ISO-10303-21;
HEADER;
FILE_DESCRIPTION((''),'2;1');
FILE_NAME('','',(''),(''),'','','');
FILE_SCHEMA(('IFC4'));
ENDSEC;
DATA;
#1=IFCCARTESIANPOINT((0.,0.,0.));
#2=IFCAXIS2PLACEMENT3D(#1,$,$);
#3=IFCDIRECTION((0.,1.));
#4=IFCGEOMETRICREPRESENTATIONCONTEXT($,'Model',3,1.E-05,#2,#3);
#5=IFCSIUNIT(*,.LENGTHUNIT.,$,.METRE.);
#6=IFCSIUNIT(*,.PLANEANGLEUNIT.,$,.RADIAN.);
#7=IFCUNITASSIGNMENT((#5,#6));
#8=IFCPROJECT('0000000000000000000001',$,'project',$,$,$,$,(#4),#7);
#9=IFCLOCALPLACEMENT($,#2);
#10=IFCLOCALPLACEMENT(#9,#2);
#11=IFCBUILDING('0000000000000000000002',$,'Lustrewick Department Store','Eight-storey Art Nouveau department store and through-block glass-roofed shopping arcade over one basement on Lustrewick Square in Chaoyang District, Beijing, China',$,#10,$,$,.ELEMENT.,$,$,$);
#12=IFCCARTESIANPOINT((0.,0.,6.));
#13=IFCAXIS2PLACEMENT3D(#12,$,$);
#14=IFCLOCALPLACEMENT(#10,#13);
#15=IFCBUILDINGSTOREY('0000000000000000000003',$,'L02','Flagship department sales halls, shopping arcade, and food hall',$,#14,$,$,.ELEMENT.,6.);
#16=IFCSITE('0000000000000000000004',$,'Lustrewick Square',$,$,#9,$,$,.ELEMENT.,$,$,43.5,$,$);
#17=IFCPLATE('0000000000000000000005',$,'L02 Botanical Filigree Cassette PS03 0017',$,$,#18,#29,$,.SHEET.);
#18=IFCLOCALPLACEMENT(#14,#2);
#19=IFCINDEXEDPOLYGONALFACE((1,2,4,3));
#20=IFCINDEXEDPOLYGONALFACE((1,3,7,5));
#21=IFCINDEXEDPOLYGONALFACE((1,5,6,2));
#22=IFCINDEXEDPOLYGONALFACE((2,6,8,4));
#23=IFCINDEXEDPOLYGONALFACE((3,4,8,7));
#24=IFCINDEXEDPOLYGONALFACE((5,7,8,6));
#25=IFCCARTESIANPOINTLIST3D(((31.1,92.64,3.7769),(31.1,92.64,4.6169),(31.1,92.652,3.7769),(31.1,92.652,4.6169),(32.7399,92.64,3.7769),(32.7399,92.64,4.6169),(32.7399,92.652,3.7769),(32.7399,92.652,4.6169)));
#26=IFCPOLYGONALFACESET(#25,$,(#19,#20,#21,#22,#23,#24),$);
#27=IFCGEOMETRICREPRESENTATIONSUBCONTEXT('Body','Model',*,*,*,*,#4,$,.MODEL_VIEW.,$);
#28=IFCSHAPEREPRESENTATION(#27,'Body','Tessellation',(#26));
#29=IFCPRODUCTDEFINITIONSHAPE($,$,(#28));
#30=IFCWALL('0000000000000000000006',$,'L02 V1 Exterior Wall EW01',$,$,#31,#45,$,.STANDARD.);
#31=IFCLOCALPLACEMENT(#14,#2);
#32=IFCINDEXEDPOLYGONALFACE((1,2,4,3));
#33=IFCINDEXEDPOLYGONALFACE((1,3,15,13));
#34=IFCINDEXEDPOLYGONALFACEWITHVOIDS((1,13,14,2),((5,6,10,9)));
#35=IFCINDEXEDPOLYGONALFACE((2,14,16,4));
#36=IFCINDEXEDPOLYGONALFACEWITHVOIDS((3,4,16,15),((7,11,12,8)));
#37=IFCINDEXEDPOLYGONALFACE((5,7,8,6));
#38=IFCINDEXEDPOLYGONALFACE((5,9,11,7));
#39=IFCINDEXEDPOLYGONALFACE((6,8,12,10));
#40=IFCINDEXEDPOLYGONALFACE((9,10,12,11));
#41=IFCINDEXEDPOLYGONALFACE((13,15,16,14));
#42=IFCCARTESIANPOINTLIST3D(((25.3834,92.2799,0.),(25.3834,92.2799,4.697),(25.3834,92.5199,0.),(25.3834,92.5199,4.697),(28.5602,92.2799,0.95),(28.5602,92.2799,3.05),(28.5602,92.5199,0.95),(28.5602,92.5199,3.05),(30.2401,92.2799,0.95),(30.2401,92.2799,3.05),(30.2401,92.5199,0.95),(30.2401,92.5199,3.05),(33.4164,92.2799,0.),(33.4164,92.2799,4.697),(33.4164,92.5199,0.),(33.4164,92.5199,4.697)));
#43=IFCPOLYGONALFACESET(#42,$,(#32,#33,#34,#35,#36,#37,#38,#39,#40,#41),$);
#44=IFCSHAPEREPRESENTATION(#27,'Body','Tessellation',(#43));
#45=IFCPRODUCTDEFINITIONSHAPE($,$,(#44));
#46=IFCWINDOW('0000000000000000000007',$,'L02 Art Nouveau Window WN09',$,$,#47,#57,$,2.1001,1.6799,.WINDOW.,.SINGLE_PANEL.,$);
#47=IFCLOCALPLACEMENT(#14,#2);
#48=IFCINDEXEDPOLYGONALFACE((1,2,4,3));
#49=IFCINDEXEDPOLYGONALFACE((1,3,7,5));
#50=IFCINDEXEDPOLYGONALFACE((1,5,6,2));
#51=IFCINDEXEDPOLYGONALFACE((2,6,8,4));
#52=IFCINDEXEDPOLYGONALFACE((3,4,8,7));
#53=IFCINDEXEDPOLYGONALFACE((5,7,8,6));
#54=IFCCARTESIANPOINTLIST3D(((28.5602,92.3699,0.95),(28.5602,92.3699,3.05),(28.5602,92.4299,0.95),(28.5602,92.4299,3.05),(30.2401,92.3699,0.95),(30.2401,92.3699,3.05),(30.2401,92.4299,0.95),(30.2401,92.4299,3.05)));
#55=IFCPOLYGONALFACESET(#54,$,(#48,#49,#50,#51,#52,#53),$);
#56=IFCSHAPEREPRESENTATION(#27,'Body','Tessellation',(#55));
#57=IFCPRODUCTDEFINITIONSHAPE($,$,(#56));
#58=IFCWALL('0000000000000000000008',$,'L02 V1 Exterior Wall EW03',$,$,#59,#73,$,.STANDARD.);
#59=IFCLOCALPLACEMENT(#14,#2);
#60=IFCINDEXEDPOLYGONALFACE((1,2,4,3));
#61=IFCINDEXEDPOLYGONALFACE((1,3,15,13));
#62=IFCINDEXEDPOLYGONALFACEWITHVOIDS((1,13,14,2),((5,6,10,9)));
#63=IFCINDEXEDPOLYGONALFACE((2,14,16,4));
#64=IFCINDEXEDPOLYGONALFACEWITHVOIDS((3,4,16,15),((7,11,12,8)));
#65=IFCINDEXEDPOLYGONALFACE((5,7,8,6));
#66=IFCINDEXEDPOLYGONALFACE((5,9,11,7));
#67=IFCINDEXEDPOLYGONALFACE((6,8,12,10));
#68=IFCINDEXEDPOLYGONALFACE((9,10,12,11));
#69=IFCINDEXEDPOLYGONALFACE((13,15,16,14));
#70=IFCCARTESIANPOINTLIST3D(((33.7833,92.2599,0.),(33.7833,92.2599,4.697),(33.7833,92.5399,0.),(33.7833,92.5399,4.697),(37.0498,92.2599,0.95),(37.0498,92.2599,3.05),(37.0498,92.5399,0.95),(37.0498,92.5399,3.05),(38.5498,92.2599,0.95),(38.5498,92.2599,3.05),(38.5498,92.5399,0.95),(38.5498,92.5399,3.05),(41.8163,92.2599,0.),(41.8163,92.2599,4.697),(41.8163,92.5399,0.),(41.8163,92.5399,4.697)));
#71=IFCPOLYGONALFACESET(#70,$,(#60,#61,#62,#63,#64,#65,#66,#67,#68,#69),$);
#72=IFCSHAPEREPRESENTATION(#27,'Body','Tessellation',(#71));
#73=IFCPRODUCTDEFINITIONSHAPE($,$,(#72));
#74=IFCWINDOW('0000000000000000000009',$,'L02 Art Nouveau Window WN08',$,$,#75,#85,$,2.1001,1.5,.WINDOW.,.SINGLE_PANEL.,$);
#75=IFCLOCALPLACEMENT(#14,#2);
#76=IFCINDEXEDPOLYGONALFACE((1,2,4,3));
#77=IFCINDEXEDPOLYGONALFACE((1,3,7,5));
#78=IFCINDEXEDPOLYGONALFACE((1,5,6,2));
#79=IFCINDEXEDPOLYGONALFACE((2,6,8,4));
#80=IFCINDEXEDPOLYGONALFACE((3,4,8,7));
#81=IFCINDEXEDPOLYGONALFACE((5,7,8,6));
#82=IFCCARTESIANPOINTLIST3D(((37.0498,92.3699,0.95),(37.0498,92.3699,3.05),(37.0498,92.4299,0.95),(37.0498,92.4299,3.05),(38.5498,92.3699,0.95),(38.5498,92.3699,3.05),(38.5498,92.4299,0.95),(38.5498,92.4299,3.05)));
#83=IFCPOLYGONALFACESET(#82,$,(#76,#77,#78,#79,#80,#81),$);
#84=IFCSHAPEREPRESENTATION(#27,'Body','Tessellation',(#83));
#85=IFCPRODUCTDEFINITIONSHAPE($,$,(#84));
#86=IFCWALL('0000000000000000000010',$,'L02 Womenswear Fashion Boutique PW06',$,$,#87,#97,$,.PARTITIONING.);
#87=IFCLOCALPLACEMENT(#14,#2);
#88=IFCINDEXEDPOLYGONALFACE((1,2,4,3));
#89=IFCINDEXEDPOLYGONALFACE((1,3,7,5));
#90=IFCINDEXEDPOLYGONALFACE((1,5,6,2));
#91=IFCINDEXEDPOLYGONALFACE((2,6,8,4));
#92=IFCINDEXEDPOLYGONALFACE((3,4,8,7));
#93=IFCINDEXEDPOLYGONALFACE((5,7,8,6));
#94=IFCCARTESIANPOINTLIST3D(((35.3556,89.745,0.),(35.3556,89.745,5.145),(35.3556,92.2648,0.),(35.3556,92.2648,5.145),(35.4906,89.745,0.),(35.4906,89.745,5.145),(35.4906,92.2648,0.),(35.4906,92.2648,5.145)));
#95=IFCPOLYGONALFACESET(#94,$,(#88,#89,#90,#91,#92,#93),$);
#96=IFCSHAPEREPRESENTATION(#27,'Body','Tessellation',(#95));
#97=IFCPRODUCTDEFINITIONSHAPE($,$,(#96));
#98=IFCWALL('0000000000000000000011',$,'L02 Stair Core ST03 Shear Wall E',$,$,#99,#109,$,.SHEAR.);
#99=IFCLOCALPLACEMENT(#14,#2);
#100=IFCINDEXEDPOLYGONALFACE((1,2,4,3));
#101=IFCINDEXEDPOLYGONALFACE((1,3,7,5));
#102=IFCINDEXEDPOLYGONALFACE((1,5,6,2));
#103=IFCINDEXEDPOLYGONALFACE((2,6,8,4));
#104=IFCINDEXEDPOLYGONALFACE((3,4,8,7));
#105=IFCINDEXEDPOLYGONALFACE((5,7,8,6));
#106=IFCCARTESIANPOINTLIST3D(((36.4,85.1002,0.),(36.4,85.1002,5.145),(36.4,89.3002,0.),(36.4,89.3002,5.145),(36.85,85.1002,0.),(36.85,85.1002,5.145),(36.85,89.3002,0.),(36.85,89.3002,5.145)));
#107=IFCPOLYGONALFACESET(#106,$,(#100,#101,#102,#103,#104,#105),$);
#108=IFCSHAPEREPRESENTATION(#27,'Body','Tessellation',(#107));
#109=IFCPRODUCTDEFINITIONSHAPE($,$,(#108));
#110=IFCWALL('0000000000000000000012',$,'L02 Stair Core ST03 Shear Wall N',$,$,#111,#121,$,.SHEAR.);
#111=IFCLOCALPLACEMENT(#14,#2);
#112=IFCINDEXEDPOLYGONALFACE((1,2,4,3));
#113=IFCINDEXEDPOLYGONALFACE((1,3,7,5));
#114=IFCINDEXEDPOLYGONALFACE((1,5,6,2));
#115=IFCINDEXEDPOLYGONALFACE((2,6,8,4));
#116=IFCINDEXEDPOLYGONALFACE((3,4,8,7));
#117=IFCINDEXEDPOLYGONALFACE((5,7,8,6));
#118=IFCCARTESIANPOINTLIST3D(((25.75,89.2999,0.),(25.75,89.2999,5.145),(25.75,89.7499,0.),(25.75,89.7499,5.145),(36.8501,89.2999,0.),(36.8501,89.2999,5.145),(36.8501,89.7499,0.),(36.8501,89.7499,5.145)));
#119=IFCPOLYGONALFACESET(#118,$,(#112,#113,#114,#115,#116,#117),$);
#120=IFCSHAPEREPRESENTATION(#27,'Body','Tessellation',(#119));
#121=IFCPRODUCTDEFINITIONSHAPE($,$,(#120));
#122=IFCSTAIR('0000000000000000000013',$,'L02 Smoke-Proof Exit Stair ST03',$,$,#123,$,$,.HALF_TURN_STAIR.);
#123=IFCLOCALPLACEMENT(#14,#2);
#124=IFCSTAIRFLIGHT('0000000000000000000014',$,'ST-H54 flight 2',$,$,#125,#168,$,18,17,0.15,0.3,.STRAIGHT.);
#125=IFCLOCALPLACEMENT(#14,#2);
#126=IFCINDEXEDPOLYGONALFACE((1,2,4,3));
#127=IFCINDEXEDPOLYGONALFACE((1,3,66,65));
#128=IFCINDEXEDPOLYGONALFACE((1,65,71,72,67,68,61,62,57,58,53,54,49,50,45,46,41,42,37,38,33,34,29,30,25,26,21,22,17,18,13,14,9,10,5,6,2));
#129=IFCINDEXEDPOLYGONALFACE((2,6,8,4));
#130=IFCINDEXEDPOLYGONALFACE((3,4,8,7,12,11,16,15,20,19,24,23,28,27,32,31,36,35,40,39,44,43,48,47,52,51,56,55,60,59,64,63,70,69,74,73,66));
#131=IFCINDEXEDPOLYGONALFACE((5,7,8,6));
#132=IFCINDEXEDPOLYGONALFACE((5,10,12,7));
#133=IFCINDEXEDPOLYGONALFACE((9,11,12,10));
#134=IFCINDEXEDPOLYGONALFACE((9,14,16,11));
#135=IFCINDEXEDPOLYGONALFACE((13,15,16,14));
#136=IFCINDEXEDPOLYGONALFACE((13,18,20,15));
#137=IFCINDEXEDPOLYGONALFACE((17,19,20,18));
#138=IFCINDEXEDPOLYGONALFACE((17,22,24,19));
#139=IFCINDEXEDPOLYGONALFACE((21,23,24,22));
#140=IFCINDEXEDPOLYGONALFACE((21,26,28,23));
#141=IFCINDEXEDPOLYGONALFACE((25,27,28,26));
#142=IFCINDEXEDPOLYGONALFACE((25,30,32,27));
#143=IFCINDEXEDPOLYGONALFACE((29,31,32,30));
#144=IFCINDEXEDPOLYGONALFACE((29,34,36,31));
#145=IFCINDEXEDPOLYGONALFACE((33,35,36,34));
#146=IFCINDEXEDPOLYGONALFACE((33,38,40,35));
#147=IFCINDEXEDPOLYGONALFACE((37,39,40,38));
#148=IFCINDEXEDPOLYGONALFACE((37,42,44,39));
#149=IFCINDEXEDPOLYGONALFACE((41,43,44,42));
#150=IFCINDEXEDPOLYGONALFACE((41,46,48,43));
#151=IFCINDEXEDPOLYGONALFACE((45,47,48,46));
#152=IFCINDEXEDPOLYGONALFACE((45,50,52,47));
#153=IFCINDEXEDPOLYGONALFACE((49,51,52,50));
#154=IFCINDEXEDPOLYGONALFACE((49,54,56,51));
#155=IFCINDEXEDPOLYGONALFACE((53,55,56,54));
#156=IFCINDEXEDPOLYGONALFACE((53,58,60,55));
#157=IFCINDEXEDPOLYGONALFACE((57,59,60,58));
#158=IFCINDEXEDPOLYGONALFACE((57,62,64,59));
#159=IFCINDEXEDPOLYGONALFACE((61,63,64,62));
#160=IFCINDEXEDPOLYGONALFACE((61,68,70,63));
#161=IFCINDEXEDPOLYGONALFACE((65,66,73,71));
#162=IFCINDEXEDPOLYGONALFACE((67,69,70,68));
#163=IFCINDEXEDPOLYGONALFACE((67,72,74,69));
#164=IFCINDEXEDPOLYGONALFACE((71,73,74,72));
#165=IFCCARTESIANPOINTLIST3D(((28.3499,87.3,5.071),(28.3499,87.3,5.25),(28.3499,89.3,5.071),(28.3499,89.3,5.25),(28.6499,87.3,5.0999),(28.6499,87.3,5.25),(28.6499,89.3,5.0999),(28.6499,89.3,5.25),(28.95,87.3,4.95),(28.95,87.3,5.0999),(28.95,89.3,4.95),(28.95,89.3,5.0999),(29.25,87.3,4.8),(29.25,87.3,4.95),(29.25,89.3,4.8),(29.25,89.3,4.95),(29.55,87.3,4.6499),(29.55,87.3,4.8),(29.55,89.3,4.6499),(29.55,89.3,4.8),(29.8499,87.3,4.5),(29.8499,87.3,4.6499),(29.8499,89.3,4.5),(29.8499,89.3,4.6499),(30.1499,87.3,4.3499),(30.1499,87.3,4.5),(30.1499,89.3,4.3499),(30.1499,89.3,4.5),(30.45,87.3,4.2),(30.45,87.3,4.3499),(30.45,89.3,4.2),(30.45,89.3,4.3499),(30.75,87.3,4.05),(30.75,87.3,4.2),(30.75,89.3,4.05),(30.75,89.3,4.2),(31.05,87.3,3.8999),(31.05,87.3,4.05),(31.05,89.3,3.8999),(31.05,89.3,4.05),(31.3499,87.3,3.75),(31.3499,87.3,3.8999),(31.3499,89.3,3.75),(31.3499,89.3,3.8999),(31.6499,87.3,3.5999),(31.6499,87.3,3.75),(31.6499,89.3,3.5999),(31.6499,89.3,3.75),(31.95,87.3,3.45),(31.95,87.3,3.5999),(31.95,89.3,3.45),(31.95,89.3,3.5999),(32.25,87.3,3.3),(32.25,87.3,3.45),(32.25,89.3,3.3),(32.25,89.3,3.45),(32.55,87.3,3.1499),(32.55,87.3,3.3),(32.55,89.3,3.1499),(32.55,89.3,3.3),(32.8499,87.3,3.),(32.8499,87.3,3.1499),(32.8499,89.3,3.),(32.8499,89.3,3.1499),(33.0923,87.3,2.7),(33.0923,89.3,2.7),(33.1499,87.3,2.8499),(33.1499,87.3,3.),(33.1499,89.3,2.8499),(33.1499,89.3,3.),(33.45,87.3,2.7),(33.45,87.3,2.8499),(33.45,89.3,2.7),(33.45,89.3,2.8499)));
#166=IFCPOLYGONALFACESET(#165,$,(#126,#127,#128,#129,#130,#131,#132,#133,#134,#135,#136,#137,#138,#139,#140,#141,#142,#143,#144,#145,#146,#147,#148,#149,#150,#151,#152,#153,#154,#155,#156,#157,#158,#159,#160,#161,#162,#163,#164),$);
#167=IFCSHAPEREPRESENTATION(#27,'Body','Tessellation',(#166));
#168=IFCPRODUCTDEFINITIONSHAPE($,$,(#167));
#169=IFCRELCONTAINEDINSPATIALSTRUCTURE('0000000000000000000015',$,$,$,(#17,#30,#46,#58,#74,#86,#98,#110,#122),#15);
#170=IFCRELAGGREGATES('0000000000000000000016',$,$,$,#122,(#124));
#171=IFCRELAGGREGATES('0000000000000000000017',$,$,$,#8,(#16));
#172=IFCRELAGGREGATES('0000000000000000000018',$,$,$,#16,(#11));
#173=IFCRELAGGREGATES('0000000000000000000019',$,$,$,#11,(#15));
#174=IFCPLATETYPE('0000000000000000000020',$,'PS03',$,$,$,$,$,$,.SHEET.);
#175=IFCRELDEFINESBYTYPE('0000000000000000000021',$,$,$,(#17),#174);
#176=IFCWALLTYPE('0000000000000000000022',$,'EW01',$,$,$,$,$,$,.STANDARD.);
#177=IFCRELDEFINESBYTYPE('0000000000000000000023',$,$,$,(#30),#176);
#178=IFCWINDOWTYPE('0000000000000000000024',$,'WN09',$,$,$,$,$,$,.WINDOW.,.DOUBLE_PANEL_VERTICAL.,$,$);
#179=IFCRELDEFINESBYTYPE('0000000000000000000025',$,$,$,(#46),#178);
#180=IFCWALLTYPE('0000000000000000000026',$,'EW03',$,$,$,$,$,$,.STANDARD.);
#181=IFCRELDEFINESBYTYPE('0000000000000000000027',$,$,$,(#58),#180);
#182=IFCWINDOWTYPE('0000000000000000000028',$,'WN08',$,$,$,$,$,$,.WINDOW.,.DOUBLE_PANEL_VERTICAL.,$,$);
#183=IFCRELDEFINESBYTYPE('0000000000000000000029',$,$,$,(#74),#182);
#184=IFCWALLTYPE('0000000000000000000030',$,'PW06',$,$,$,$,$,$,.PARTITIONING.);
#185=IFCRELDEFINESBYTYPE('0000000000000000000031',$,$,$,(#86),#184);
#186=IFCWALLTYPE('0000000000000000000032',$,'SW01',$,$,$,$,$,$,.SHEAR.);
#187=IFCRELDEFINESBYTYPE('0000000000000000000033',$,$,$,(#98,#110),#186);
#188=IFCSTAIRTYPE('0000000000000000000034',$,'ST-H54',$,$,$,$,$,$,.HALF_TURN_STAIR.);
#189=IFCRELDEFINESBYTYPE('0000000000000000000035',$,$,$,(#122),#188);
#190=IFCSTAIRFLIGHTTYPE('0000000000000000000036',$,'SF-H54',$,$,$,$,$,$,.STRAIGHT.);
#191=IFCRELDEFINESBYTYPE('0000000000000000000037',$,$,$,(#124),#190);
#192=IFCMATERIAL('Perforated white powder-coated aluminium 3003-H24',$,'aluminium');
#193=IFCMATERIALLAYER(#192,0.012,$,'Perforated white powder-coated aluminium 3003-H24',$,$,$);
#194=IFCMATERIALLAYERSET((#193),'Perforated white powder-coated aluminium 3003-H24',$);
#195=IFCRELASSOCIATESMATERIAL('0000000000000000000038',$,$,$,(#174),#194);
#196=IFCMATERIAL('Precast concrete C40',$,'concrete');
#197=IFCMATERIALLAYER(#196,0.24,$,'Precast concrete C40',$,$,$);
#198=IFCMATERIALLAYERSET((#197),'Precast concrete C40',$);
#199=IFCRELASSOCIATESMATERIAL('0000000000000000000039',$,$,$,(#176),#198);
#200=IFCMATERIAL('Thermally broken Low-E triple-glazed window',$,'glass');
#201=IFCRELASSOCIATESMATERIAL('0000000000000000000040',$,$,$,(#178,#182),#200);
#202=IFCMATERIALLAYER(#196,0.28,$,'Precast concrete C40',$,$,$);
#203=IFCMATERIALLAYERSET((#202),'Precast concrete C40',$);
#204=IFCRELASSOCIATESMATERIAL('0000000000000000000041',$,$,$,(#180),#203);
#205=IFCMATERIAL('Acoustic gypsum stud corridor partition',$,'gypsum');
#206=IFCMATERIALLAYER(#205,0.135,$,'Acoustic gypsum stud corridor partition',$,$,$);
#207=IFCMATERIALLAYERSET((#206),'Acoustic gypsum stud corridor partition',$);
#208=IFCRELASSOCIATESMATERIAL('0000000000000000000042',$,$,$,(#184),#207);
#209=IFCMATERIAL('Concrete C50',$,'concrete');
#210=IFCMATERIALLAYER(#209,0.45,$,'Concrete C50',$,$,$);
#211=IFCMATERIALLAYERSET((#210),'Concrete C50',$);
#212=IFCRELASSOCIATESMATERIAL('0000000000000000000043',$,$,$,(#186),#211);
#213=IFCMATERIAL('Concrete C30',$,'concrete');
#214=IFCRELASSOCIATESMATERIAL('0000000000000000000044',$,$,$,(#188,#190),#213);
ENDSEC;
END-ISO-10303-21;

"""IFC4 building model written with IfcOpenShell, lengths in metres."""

from ifc_helpers import new_model, si_unit, direction, frame, frame_2d, origin, origin_2d, place, context, subcontext, project, spatial, polyline, rectangle, outline, extrude, material, layer, layer_set, type_object, element, fill, aggregate, save


model = new_model("IFC4")

# Units and contexts
model_context = context("Model", 3, precision=1e-05, world=origin(), true_north=direction((0.0, 1.0)))
body_context = subcontext(model_context, "Body", "Model", "MODEL_VIEW")
ifc_project = project(units=[si_unit("LENGTHUNIT", "METRE"), si_unit("PLANEANGLEUNIT", "RADIAN")], contexts=[model_context])

# Site, building, storey
site_placement = place(None, origin())
site = spatial("IfcSite", under=ifc_project, at=site_placement, Name="Lustrewick Square", CompositionType="ELEMENT", RefElevation=43.5)
building_placement = place(site_placement, origin())
building = spatial("IfcBuilding", under=site, at=building_placement, Name="Lustrewick Department Store", Description="Eight-storey Art Nouveau department store and through-block glass-roofed shopping arcade over one basement on Lustrewick Square in Chaoyang District, Beijing, China", CompositionType="ELEMENT")
storey_placement = place(building_placement, frame((0.0, 0.0, 6.0)))
storey = spatial("IfcBuildingStorey", under=building, at=storey_placement, Name="L02", Description="Flagship department sales halls, shopping arcade, and food hall", CompositionType="ELEMENT", Elevation=6.0)

# Plate
ifc_material_1 = material(Name="Perforated white powder-coated aluminium 3003-H24", Category="aluminium")
ifc_layer_1 = layer(ifc_material_1, 0.012, Name="Perforated white powder-coated aluminium 3003-H24")
ifc_layer_set_1 = layer_set([ifc_layer_1], Name="Perforated white powder-coated aluminium 3003-H24")
plate_type = type_object("IfcPlateType", Name="PS03", PredefinedType="SHEET", material=ifc_layer_set_1)
for number, where, z_axis, x_axis, name in (
    (1, (31.9199, 92.646, 3.7769), (0.0, 0.0, 1.0), (-1.0, 0.0, 0.0), "L02 Botanical Filigree Cassette PS03 0017"),
):
    element("IfcPlate", number, at=place(storey_placement, frame(where, z_axis=z_axis, x_axis=x_axis)), inside=storey, type_object=plate_type, Name=name, PredefinedType="SHEET", context=body_context, shape_type="SweptSolid", body=[
        extrude(rectangle(XDim=1.6399, YDim=0.012, at=origin_2d()), origin(), (0.0, 0.0, 1.0), 0.8401),
    ])

# Walls, openings, windows
ifc_material_2 = material(Name="Precast concrete C40", Category="concrete")
ifc_layer_2 = layer(ifc_material_2, 0.24, Name="Precast concrete C40")
ifc_layer_set_2 = layer_set([ifc_layer_2], Name="Precast concrete C40")
wall_type_1 = type_object("IfcWallType", Name="EW01", PredefinedType="STANDARD", material=ifc_layer_set_2)
wall_1_placement = place(storey_placement, frame((33.4165, 92.3999, 0.0), z_axis=(0.0, 0.0, 1.0), x_axis=(-1.0, 0.0, 0.0)))
wall_1 = element("IfcWall", 2, at=wall_1_placement, inside=storey, type_object=wall_type_1, Name="L02 V1 Exterior Wall EW01", PredefinedType="STANDARD", context=body_context, shape_type="SweptSolid", body=[
    extrude(rectangle(XDim=8.033, YDim=0.24, at=frame_2d((4.0166, 0.0))), origin(), (0.0, 0.0, 1.0), 4.697),
])
opening_1_placement = place(wall_1_placement, frame((3.1765, 0.0, 0.95)))
opening_1 = element("IfcOpeningElement", 3, at=opening_1_placement, cuts=wall_1, PredefinedType="OPENING", context=body_context, shape_type="SweptSolid", body=[
    extrude(rectangle(XDim=1.6799, YDim=2.1001, at=frame_2d((0.8398, 1.05))), frame((0.0, 0.1299, 0.0), z_axis=(0.0, -1.0, 0.0), x_axis=(1.0, 0.0, 0.0)), (0.0, 0.0, 1.0), 0.26),
])
ifc_material_3 = material(Name="Thermally broken Low-E triple-glazed window", Category="glass")
window_type_1 = type_object("IfcWindowType", Name="WN09", PartitioningType="DOUBLE_PANEL_VERTICAL", PredefinedType="WINDOW", material=ifc_material_3)
window_1_placement = place(opening_1_placement, origin())
window_1 = element("IfcWindow", 4, at=window_1_placement, inside=storey, type_object=window_type_1, Name="L02 Art Nouveau Window WN09", OverallHeight=2.1001, OverallWidth=1.6799, PartitioningType="SINGLE_PANEL", PredefinedType="WINDOW", context=body_context, shape_type="SweptSolid", body=[
    extrude(rectangle(XDim=1.6799, YDim=2.1001, at=frame_2d((0.8398, 1.05))), frame((0.0, 0.03, 0.0), z_axis=(0.0, -1.0, 0.0), x_axis=(1.0, 0.0, 0.0)), (0.0, 0.0, 1.0), 0.0601),
])
fill(opening_1, window_1)
ifc_layer_3 = layer(ifc_material_2, 0.28, Name="Precast concrete C40")
ifc_layer_set_3 = layer_set([ifc_layer_3], Name="Precast concrete C40")
wall_type_2 = type_object("IfcWallType", Name="EW03", PredefinedType="STANDARD", material=ifc_layer_set_3)
wall_2_placement = place(storey_placement, frame((41.8164, 92.3999, 0.0), z_axis=(0.0, 0.0, 1.0), x_axis=(-1.0, 0.0, 0.0)))
wall_2 = element("IfcWall", 5, at=wall_2_placement, inside=storey, type_object=wall_type_2, Name="L02 V1 Exterior Wall EW03", PredefinedType="STANDARD", context=body_context, shape_type="SweptSolid", body=[
    extrude(rectangle(XDim=8.033, YDim=0.28, at=frame_2d((4.0166, 0.0))), origin(), (0.0, 0.0, 1.0), 4.697),
])
opening_2_placement = place(wall_2_placement, frame((3.2666, 0.0, 0.95)))
opening_2 = element("IfcOpeningElement", 6, at=opening_2_placement, cuts=wall_2, PredefinedType="OPENING", context=body_context, shape_type="SweptSolid", body=[
    extrude(rectangle(XDim=1.5, YDim=2.1001, at=frame_2d((0.75, 1.05))), frame((0.0, 0.1499, 0.0), z_axis=(0.0, -1.0, 0.0), x_axis=(1.0, 0.0, 0.0)), (0.0, 0.0, 1.0), 0.3),
])
window_type_2 = type_object("IfcWindowType", Name="WN08", PartitioningType="DOUBLE_PANEL_VERTICAL", PredefinedType="WINDOW", material=ifc_material_3)
window_2_placement = place(opening_2_placement, origin())
window_2 = element("IfcWindow", 7, at=window_2_placement, inside=storey, type_object=window_type_2, Name="L02 Art Nouveau Window WN08", OverallHeight=2.1001, OverallWidth=1.5, PartitioningType="SINGLE_PANEL", PredefinedType="WINDOW", context=body_context, shape_type="SweptSolid", body=[
    extrude(rectangle(XDim=1.5, YDim=2.1001, at=frame_2d((0.75, 1.05))), frame((0.0, 0.03, 0.0), z_axis=(0.0, -1.0, 0.0), x_axis=(1.0, 0.0, 0.0)), (0.0, 0.0, 1.0), 0.0601),
])
fill(opening_2, window_2)

# Walls
ifc_material_4 = material(Name="Acoustic gypsum stud corridor partition", Category="gypsum")
ifc_layer_4 = layer(ifc_material_4, 0.135, Name="Acoustic gypsum stud corridor partition")
ifc_layer_set_4 = layer_set([ifc_layer_4], Name="Acoustic gypsum stud corridor partition")
wall_type_3 = type_object("IfcWallType", Name="PW06", PredefinedType="PARTITIONING", material=ifc_layer_set_4)
wall_3_placement = place(storey_placement, frame((35.4231, 89.7451, 0.0), z_axis=(0.0, 0.0, 1.0), x_axis=(0.0, 1.0, 0.0)))
element("IfcWall", 8, at=wall_3_placement, inside=storey, type_object=wall_type_3, Name="L02 Womenswear Fashion Boutique PW06", PredefinedType="PARTITIONING", context=body_context, shape_type="SweptSolid", body=[
    extrude(rectangle(XDim=2.5198, YDim=0.135, at=frame_2d((1.2598, 0.0))), origin(), (0.0, 0.0, 1.0), 5.145),
])
ifc_material_5 = material(Name="Concrete C50", Category="concrete")
ifc_layer_5 = layer(ifc_material_5, 0.45, Name="Concrete C50")
ifc_layer_set_5 = layer_set([ifc_layer_5], Name="Concrete C50")
wall_type_4 = type_object("IfcWallType", Name="SW01", PredefinedType="SHEAR", material=ifc_layer_set_5)
wall_4_placement = place(storey_placement, frame((36.625, 85.1001, 0.0), z_axis=(0.0, 0.0, 1.0), x_axis=(0.0, 1.0, 0.0)))
element("IfcWall", 9, at=wall_4_placement, inside=storey, type_object=wall_type_4, Name="L02 Stair Core ST03 Shear Wall E", PredefinedType="SHEAR", context=body_context, shape_type="SweptSolid", body=[
    extrude(rectangle(XDim=4.2, YDim=0.45, at=frame_2d((2.1001, 0.0))), origin(), (0.0, 0.0, 1.0), 5.145),
])
wall_5_placement = place(storey_placement, frame((36.8501, 89.5249, 0.0), z_axis=(0.0, 0.0, 1.0), x_axis=(-1.0, 0.0, 0.0)))
element("IfcWall", 10, at=wall_5_placement, inside=storey, type_object=wall_type_4, Name="L02 Stair Core ST03 Shear Wall N", PredefinedType="SHEAR", context=body_context, shape_type="SweptSolid", body=[
    extrude(rectangle(XDim=11.1001, YDim=0.45, at=frame_2d((5.55, 0.0))), origin(), (0.0, 0.0, 1.0), 5.145),
])

# Stair, stair flight
ifc_material_6 = material(Name="Concrete C30", Category="concrete")
stair_type = type_object("IfcStairType", Name="ST-H54", PredefinedType="HALF_TURN_STAIR", material=ifc_material_6)
stair_placement = place(storey_placement, origin())
stair = element("IfcStair", 11, at=stair_placement, inside=storey, type_object=stair_type, Name="L02 Smoke-Proof Exit Stair ST03", PredefinedType="HALF_TURN_STAIR")
stair_flight_type = type_object("IfcStairFlightType", Name="SF-H54", PredefinedType="STRAIGHT", material=ifc_material_6)
stair_flight_placement = place(storey_placement, frame((33.45, 88.3, 2.7), z_axis=(0.0, 0.0, 1.0), x_axis=(-1.0, 0.0, 0.0)))
stair_flight = element("IfcStairFlight", 12, at=stair_flight_placement, type_object=stair_flight_type, Name="ST-H54 flight 2", NumberOfRisers=18, NumberOfTreads=17, PredefinedType="STRAIGHT", RiserHeight=0.15, TreadLength=0.3, context=body_context, shape_type="SweptSolid", body=[
    extrude(outline(polyline([(0.0, 0.0), (0.0, 0.1499), (0.3, 0.1499), (0.3, 0.3), (0.6001, 0.3), (0.6001, 0.45), (0.8999, 0.45), (0.8999, 0.6001), (1.2, 0.6001), (1.2, 0.75), (1.5, 0.75), (1.5, 0.8999), (1.8, 0.8999), (1.8, 1.05), (2.1001, 1.05), (2.1001, 1.2), (2.3999, 1.2), (2.3999, 1.3501), (2.7, 1.3501), (2.7, 1.5), (3.0, 1.5), (3.0, 1.6499), (3.3, 1.6499), (3.3, 1.8), (3.6001, 1.8), (3.6001, 1.95), (3.8999, 1.95), (3.8999, 2.1001), (4.2, 2.1001), (4.2, 2.25), (4.5, 2.25), (4.5, 2.3999), (4.8, 2.3999), (4.8, 2.55), (5.1001, 2.55), (5.1001, 2.7), (5.1001, 2.3711), (0.3577, 0.0), (0.0, 0.0)])), frame((0.0, 1.0, 0.0), z_axis=(0.0, -1.0, 0.0), x_axis=(1.0, 0.0, 0.0)), (0.0, 0.0, 1.0), 2.0),
])
aggregate(stair, [stair_flight])

save(model, "model.ifc")
